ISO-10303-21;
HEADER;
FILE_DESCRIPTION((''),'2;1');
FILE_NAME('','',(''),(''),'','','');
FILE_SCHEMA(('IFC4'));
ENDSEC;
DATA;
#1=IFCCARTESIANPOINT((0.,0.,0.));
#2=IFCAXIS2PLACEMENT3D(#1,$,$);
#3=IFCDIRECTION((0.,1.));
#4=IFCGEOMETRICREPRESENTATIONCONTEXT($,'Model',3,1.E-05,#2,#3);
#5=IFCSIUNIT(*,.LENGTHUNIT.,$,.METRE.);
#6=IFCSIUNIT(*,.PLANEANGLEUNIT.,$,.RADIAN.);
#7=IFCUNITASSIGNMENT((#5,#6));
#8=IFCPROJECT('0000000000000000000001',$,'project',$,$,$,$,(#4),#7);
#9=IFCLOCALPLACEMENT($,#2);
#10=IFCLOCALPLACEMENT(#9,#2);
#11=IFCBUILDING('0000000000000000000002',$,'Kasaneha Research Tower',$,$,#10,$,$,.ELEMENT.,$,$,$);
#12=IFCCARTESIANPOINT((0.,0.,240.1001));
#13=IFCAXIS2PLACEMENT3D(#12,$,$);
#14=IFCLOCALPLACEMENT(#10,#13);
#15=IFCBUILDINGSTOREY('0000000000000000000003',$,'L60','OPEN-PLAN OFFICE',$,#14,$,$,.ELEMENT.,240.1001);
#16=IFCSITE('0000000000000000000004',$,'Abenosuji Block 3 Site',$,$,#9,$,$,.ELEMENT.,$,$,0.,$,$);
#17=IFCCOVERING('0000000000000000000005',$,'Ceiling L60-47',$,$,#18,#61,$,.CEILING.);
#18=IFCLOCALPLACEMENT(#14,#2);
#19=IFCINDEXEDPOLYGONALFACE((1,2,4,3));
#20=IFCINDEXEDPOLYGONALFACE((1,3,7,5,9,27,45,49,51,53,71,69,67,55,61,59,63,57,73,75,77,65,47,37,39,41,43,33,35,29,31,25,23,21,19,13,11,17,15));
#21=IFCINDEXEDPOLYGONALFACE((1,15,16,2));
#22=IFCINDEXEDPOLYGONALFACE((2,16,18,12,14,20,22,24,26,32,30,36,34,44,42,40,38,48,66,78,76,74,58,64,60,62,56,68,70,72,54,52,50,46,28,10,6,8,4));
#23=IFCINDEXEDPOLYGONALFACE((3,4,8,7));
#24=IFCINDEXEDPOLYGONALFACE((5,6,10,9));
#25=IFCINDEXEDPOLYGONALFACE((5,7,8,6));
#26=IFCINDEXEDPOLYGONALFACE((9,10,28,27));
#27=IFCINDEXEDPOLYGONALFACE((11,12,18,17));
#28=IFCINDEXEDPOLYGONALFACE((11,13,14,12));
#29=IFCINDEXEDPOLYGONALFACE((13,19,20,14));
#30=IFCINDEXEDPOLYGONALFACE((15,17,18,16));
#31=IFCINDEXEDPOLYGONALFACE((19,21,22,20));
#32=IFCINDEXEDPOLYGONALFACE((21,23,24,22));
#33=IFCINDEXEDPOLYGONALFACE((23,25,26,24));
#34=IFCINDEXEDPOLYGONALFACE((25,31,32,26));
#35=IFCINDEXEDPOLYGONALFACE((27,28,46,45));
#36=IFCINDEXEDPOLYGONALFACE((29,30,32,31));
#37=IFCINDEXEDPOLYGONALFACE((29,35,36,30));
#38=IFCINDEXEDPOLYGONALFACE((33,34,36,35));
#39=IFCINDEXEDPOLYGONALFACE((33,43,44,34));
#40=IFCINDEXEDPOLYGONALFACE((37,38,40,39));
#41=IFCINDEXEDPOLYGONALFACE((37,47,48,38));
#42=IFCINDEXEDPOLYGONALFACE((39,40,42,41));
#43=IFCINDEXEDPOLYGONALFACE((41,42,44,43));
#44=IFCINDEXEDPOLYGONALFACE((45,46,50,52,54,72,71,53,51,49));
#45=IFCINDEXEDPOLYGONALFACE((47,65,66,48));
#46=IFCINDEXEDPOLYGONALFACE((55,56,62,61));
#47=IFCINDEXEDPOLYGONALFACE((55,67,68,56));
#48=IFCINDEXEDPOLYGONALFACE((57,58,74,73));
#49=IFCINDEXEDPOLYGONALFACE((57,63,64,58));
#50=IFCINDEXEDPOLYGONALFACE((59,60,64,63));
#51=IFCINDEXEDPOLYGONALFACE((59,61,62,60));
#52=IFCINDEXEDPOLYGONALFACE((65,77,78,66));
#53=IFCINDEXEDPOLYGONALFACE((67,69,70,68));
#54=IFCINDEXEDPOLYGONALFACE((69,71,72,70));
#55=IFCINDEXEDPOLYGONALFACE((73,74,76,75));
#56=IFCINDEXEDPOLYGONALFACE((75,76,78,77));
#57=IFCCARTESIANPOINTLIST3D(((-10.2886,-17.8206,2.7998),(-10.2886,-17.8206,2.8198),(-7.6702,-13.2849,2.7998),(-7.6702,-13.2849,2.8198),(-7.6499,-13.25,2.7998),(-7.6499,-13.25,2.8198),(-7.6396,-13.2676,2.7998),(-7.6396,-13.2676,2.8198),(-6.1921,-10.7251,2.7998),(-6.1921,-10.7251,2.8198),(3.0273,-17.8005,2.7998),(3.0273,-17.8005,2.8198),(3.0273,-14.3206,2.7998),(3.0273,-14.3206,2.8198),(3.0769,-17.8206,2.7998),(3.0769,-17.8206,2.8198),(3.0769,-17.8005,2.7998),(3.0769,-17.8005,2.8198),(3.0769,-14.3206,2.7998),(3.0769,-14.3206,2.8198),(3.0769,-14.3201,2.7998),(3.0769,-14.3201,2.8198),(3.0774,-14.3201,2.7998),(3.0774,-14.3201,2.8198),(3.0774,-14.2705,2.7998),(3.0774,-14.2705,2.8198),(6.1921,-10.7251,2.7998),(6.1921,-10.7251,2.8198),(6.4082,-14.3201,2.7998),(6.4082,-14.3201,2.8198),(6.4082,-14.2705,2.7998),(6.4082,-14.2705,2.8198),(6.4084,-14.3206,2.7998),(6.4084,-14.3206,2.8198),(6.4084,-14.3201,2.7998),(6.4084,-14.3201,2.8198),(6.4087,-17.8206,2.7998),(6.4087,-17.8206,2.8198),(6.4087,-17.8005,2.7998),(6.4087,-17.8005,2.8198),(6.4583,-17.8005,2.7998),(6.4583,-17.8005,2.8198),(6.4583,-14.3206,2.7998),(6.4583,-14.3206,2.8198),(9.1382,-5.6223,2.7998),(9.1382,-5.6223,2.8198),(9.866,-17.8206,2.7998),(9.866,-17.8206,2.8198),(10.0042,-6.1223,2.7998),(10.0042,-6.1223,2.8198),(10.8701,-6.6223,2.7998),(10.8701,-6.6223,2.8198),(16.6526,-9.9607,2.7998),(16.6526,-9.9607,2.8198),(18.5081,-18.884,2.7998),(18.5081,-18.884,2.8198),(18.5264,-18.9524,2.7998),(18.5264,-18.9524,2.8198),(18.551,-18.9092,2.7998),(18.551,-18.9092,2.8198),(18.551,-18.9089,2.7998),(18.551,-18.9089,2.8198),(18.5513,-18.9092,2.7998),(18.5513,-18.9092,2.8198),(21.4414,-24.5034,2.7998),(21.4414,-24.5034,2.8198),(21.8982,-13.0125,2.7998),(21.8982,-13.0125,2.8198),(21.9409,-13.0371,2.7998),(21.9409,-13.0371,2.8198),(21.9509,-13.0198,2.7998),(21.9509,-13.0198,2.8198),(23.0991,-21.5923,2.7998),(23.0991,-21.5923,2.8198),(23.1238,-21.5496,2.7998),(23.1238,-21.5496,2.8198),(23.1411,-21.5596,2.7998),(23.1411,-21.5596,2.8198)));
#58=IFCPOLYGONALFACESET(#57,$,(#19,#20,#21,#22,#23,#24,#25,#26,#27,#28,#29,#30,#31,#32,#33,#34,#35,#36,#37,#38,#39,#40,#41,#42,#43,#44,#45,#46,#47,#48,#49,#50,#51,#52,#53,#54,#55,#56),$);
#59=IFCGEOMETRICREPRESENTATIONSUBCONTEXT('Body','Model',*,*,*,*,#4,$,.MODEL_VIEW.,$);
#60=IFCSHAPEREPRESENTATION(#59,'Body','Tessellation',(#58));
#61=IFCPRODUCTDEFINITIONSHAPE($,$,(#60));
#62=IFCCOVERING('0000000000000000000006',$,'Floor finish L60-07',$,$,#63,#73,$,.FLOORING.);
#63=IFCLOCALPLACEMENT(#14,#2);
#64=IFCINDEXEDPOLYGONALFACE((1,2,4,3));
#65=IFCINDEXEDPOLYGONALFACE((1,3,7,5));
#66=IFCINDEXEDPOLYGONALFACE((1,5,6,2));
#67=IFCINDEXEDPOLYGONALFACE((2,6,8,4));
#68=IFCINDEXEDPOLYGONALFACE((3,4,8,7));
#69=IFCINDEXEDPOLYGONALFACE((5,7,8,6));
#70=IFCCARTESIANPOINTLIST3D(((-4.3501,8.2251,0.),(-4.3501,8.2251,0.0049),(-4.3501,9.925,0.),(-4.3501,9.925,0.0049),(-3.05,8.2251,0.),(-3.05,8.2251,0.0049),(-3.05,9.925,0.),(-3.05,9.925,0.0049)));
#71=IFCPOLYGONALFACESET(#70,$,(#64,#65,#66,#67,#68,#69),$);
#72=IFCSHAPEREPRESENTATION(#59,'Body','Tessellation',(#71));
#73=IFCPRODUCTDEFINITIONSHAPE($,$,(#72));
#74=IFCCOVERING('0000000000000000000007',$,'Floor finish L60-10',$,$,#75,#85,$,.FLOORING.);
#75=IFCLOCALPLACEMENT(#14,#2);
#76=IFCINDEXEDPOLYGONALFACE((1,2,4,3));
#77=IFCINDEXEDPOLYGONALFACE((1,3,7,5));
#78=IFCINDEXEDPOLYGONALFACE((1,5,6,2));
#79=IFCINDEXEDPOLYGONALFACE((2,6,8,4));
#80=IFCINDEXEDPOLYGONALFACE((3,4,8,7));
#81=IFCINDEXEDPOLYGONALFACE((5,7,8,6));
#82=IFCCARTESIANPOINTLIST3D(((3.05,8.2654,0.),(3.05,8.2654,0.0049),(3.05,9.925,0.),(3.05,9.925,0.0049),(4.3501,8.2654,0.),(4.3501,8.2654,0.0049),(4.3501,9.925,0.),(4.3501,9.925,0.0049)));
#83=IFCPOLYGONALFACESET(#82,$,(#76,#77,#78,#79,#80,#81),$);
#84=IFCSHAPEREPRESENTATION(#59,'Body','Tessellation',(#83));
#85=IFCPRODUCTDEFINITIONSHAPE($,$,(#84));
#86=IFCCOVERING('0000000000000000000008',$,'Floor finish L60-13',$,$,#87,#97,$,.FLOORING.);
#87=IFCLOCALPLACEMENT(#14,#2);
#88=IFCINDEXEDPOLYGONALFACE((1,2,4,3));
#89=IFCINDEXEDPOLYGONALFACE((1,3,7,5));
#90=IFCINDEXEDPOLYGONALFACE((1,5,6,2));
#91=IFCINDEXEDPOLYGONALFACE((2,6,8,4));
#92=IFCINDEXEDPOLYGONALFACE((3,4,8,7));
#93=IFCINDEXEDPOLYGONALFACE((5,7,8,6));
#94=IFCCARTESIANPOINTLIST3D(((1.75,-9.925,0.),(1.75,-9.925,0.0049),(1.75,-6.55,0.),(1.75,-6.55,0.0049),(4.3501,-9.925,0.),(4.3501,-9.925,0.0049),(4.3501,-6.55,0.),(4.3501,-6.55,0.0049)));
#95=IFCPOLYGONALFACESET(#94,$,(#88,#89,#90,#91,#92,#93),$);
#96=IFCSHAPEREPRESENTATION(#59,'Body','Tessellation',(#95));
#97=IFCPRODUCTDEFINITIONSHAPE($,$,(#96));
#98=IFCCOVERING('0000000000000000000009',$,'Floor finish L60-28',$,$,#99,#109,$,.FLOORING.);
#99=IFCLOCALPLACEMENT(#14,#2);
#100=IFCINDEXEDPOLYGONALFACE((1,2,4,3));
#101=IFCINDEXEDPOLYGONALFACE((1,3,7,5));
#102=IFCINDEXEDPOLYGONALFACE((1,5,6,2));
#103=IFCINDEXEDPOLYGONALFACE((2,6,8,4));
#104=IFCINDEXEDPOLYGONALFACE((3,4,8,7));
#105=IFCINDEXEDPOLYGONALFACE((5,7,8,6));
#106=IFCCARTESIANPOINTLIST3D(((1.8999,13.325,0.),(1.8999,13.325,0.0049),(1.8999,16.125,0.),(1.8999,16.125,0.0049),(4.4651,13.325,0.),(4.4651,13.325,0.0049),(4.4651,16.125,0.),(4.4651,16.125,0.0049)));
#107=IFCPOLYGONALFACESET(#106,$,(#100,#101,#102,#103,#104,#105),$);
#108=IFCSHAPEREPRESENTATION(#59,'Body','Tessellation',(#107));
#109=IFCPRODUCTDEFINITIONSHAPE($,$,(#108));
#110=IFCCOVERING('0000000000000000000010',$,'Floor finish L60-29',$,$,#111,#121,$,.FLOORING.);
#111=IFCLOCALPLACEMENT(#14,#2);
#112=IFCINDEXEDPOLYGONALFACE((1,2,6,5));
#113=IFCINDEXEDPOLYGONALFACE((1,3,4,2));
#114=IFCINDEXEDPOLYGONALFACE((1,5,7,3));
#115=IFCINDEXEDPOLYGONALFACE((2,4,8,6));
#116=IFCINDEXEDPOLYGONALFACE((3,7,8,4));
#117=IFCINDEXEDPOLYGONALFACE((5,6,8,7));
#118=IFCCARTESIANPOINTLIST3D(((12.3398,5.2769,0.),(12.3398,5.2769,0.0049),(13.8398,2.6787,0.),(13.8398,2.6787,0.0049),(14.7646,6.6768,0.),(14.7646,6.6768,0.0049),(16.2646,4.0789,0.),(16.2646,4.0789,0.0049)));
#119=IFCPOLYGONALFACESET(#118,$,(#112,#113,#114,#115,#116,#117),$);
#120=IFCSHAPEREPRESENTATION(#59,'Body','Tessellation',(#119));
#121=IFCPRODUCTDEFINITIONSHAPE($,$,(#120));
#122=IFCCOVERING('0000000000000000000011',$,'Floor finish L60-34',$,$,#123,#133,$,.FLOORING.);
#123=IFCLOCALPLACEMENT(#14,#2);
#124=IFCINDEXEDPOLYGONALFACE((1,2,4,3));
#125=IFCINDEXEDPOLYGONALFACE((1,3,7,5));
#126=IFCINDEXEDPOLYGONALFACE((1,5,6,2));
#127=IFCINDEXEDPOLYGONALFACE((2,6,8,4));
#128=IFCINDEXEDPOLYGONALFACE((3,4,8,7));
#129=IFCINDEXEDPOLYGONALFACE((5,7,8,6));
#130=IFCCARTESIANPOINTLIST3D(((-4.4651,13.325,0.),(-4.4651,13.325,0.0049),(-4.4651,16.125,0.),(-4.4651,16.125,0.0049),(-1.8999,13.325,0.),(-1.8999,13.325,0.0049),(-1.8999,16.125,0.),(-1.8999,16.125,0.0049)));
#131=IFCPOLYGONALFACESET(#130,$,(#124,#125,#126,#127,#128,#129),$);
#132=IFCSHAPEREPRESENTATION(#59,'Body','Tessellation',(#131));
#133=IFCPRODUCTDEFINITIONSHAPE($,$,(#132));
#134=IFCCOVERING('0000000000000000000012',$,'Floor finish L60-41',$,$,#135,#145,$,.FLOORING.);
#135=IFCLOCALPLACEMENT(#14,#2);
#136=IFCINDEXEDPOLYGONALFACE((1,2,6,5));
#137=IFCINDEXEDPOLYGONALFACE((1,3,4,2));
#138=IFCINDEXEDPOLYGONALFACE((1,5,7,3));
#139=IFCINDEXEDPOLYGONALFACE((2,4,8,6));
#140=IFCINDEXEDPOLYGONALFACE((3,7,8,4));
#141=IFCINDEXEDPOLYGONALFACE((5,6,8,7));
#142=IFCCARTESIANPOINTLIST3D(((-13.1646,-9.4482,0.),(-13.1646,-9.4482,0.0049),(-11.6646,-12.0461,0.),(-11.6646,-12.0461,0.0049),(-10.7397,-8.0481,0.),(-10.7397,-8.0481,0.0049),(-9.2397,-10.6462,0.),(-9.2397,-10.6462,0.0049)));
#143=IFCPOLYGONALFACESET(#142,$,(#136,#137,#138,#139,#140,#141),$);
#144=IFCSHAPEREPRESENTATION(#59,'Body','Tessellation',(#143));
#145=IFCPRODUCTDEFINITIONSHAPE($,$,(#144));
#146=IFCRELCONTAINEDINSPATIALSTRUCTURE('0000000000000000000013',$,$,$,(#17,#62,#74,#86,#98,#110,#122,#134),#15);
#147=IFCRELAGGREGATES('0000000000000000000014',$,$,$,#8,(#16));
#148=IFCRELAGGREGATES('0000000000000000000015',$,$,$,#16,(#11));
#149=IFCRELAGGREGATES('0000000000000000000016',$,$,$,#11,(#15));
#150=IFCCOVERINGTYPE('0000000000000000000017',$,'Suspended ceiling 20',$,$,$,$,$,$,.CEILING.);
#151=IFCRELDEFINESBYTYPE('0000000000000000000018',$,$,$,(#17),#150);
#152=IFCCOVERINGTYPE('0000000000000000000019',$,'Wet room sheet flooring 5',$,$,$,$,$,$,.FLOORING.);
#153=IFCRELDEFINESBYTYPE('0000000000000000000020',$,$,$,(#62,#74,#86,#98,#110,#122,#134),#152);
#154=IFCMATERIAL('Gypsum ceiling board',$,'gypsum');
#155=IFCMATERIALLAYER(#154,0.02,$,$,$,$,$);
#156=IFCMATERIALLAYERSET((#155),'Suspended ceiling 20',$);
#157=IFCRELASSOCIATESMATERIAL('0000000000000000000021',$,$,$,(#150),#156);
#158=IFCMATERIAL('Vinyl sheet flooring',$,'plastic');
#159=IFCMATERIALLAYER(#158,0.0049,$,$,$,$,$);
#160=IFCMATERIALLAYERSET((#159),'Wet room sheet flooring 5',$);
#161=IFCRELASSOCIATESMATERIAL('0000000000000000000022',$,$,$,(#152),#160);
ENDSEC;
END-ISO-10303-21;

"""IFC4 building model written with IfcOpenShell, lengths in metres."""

from ifc_helpers import new_model, si_unit, direction, frame, origin, place, context, subcontext, project, spatial, polyline, outline, extrude, material, layer, layer_set, type_object, element, save


model = new_model("IFC4")

# Units and contexts
model_context = context("Model", 3, precision=1e-05, world=origin(), true_north=direction((0.0, 1.0)))
body_context = subcontext(model_context, "Body", "Model", "MODEL_VIEW")
ifc_project = project(units=[si_unit("LENGTHUNIT", "METRE"), si_unit("PLANEANGLEUNIT", "RADIAN")], contexts=[model_context])

# Site, building, storey
site_placement = place(None, origin())
site = spatial("IfcSite", under=ifc_project, at=site_placement, Name="Abenosuji Block 3 Site", CompositionType="ELEMENT", RefElevation=0.0)
building_placement = place(site_placement, origin())
building = spatial("IfcBuilding", under=site, at=building_placement, Name="Kasaneha Research Tower", CompositionType="ELEMENT")
storey_placement = place(building_placement, frame((0.0, 0.0, 240.1001)))
storey = spatial("IfcBuildingStorey", under=building, at=storey_placement, Name="L60", Description="OPEN-PLAN OFFICE", CompositionType="ELEMENT", Elevation=240.1001)

# Coverings
ifc_material_1 = material(Name="Gypsum ceiling board", Category="gypsum")
ifc_layer_1 = layer(ifc_material_1, 0.02)
ifc_layer_set_1 = layer_set([ifc_layer_1], Name="Suspended ceiling 20")
covering_type_1 = type_object("IfcCoveringType", Name="Suspended ceiling 20", PredefinedType="CEILING", material=ifc_layer_set_1)
covering_1_placement = place(storey_placement, frame((0.0, 0.0, 2.7998)))
element("IfcCovering", 1, at=covering_1_placement, inside=storey, type_object=covering_type_1, Name="Ceiling L60-47", PredefinedType="CEILING", context=body_context, shape_type="SweptSolid", body=[
    extrude(outline(polyline([(6.1921, -10.7251), (9.1382, -5.6223), (10.0042, -6.1223), (10.0042, -6.1223), (10.8701, -6.6223), (10.8701, -6.6223), (16.6526, -9.9607), (21.9509, -13.0198), (21.9409, -13.0371), (21.8982, -13.0125), (18.5081, -18.884), (18.551, -18.9089), (18.551, -18.9092), (18.5513, -18.9092), (18.5264, -18.9524), (23.0991, -21.5923), (23.1238, -21.5496), (23.1411, -21.5596), (21.4414, -24.5034), (9.866, -17.8206), (6.4087, -17.8206), (6.4087, -17.8005), (6.4583, -17.8005), (6.4583, -14.3206), (6.4084, -14.3206), (6.4084, -14.3201), (6.4082, -14.3201), (6.4082, -14.2705), (3.0774, -14.2705), (3.0774, -14.3201), (3.0769, -14.3201), (3.0769, -14.3206), (3.0273, -14.3206), (3.0273, -17.8005), (3.0769, -17.8005), (3.0769, -17.8206), (-10.2886, -17.8206), (-7.6702, -13.2849), (-7.6396, -13.2676), (-7.6499, -13.25), (-6.1921, -10.7251), (6.1921, -10.7251)])), origin(), (0.0, 0.0, 1.0), 0.02),
])
ifc_material_2 = material(Name="Vinyl sheet flooring", Category="plastic")
ifc_layer_2 = layer(ifc_material_2, 0.0049)
ifc_layer_set_2 = layer_set([ifc_layer_2], Name="Wet room sheet flooring 5")
covering_type_2 = type_object("IfcCoveringType", Name="Wet room sheet flooring 5", PredefinedType="FLOORING", material=ifc_layer_set_2)
covering_2_placement = place(storey_placement, origin())
element("IfcCovering", 2, at=covering_2_placement, inside=storey, type_object=covering_type_2, Name="Floor finish L60-07", PredefinedType="FLOORING", context=body_context, shape_type="SweptSolid", body=[
    extrude(outline(polyline([(-4.3501, 8.2251), (-4.3501, 9.925), (-3.05, 9.925), (-3.05, 8.2251), (-4.3501, 8.2251)])), origin(), (0.0, 0.0, 1.0), 0.0049),
])
covering_3_placement = place(storey_placement, origin())
element("IfcCovering", 3, at=covering_3_placement, inside=storey, type_object=covering_type_2, Name="Floor finish L60-10", PredefinedType="FLOORING", context=body_context, shape_type="SweptSolid", body=[
    extrude(outline(polyline([(4.3501, 8.2654), (3.05, 8.2654), (3.05, 9.925), (4.3501, 9.925), (4.3501, 8.2654)])), origin(), (0.0, 0.0, 1.0), 0.0049),
])
covering_4_placement = place(storey_placement, origin())
element("IfcCovering", 4, at=covering_4_placement, inside=storey, type_object=covering_type_2, Name="Floor finish L60-13", PredefinedType="FLOORING", context=body_context, shape_type="SweptSolid", body=[
    extrude(outline(polyline([(1.75, -9.925), (1.75, -6.55), (4.3501, -6.55), (4.3501, -9.925), (1.75, -9.925)])), origin(), (0.0, 0.0, 1.0), 0.0049),
])
covering_5_placement = place(storey_placement, origin())
element("IfcCovering", 5, at=covering_5_placement, inside=storey, type_object=covering_type_2, Name="Floor finish L60-28", PredefinedType="FLOORING", context=body_context, shape_type="SweptSolid", body=[
    extrude(outline(polyline([(1.8999, 16.125), (4.4651, 16.125), (4.4651, 13.325), (1.8999, 13.325), (1.8999, 16.125)])), origin(), (0.0, 0.0, 1.0), 0.0049),
])
covering_6_placement = place(storey_placement, origin())
element("IfcCovering", 6, at=covering_6_placement, inside=storey, type_object=covering_type_2, Name="Floor finish L60-29", PredefinedType="FLOORING", context=body_context, shape_type="SweptSolid", body=[
    extrude(outline(polyline([(14.7646, 6.6768), (16.2646, 4.0789), (13.8398, 2.6787), (12.3398, 5.2769), (14.7646, 6.6768)])), origin(), (0.0, 0.0, 1.0), 0.0049),
])
covering_7_placement = place(storey_placement, origin())
element("IfcCovering", 7, at=covering_7_placement, inside=storey, type_object=covering_type_2, Name="Floor finish L60-34", PredefinedType="FLOORING", context=body_context, shape_type="SweptSolid", body=[
    extrude(outline(polyline([(-4.4651, 16.125), (-1.8999, 16.125), (-1.8999, 13.325), (-4.4651, 13.325), (-4.4651, 16.125)])), origin(), (0.0, 0.0, 1.0), 0.0049),
])
covering_8_placement = place(storey_placement, origin())
element("IfcCovering", 8, at=covering_8_placement, inside=storey, type_object=covering_type_2, Name="Floor finish L60-41", PredefinedType="FLOORING", context=body_context, shape_type="SweptSolid", body=[
    extrude(outline(polyline([(-11.6646, -12.0461), (-13.1646, -9.4482), (-10.7397, -8.0481), (-9.2397, -10.6462), (-11.6646, -12.0461)])), origin(), (0.0, 0.0, 1.0), 0.0049),
])

save(model, "model.ifc")
